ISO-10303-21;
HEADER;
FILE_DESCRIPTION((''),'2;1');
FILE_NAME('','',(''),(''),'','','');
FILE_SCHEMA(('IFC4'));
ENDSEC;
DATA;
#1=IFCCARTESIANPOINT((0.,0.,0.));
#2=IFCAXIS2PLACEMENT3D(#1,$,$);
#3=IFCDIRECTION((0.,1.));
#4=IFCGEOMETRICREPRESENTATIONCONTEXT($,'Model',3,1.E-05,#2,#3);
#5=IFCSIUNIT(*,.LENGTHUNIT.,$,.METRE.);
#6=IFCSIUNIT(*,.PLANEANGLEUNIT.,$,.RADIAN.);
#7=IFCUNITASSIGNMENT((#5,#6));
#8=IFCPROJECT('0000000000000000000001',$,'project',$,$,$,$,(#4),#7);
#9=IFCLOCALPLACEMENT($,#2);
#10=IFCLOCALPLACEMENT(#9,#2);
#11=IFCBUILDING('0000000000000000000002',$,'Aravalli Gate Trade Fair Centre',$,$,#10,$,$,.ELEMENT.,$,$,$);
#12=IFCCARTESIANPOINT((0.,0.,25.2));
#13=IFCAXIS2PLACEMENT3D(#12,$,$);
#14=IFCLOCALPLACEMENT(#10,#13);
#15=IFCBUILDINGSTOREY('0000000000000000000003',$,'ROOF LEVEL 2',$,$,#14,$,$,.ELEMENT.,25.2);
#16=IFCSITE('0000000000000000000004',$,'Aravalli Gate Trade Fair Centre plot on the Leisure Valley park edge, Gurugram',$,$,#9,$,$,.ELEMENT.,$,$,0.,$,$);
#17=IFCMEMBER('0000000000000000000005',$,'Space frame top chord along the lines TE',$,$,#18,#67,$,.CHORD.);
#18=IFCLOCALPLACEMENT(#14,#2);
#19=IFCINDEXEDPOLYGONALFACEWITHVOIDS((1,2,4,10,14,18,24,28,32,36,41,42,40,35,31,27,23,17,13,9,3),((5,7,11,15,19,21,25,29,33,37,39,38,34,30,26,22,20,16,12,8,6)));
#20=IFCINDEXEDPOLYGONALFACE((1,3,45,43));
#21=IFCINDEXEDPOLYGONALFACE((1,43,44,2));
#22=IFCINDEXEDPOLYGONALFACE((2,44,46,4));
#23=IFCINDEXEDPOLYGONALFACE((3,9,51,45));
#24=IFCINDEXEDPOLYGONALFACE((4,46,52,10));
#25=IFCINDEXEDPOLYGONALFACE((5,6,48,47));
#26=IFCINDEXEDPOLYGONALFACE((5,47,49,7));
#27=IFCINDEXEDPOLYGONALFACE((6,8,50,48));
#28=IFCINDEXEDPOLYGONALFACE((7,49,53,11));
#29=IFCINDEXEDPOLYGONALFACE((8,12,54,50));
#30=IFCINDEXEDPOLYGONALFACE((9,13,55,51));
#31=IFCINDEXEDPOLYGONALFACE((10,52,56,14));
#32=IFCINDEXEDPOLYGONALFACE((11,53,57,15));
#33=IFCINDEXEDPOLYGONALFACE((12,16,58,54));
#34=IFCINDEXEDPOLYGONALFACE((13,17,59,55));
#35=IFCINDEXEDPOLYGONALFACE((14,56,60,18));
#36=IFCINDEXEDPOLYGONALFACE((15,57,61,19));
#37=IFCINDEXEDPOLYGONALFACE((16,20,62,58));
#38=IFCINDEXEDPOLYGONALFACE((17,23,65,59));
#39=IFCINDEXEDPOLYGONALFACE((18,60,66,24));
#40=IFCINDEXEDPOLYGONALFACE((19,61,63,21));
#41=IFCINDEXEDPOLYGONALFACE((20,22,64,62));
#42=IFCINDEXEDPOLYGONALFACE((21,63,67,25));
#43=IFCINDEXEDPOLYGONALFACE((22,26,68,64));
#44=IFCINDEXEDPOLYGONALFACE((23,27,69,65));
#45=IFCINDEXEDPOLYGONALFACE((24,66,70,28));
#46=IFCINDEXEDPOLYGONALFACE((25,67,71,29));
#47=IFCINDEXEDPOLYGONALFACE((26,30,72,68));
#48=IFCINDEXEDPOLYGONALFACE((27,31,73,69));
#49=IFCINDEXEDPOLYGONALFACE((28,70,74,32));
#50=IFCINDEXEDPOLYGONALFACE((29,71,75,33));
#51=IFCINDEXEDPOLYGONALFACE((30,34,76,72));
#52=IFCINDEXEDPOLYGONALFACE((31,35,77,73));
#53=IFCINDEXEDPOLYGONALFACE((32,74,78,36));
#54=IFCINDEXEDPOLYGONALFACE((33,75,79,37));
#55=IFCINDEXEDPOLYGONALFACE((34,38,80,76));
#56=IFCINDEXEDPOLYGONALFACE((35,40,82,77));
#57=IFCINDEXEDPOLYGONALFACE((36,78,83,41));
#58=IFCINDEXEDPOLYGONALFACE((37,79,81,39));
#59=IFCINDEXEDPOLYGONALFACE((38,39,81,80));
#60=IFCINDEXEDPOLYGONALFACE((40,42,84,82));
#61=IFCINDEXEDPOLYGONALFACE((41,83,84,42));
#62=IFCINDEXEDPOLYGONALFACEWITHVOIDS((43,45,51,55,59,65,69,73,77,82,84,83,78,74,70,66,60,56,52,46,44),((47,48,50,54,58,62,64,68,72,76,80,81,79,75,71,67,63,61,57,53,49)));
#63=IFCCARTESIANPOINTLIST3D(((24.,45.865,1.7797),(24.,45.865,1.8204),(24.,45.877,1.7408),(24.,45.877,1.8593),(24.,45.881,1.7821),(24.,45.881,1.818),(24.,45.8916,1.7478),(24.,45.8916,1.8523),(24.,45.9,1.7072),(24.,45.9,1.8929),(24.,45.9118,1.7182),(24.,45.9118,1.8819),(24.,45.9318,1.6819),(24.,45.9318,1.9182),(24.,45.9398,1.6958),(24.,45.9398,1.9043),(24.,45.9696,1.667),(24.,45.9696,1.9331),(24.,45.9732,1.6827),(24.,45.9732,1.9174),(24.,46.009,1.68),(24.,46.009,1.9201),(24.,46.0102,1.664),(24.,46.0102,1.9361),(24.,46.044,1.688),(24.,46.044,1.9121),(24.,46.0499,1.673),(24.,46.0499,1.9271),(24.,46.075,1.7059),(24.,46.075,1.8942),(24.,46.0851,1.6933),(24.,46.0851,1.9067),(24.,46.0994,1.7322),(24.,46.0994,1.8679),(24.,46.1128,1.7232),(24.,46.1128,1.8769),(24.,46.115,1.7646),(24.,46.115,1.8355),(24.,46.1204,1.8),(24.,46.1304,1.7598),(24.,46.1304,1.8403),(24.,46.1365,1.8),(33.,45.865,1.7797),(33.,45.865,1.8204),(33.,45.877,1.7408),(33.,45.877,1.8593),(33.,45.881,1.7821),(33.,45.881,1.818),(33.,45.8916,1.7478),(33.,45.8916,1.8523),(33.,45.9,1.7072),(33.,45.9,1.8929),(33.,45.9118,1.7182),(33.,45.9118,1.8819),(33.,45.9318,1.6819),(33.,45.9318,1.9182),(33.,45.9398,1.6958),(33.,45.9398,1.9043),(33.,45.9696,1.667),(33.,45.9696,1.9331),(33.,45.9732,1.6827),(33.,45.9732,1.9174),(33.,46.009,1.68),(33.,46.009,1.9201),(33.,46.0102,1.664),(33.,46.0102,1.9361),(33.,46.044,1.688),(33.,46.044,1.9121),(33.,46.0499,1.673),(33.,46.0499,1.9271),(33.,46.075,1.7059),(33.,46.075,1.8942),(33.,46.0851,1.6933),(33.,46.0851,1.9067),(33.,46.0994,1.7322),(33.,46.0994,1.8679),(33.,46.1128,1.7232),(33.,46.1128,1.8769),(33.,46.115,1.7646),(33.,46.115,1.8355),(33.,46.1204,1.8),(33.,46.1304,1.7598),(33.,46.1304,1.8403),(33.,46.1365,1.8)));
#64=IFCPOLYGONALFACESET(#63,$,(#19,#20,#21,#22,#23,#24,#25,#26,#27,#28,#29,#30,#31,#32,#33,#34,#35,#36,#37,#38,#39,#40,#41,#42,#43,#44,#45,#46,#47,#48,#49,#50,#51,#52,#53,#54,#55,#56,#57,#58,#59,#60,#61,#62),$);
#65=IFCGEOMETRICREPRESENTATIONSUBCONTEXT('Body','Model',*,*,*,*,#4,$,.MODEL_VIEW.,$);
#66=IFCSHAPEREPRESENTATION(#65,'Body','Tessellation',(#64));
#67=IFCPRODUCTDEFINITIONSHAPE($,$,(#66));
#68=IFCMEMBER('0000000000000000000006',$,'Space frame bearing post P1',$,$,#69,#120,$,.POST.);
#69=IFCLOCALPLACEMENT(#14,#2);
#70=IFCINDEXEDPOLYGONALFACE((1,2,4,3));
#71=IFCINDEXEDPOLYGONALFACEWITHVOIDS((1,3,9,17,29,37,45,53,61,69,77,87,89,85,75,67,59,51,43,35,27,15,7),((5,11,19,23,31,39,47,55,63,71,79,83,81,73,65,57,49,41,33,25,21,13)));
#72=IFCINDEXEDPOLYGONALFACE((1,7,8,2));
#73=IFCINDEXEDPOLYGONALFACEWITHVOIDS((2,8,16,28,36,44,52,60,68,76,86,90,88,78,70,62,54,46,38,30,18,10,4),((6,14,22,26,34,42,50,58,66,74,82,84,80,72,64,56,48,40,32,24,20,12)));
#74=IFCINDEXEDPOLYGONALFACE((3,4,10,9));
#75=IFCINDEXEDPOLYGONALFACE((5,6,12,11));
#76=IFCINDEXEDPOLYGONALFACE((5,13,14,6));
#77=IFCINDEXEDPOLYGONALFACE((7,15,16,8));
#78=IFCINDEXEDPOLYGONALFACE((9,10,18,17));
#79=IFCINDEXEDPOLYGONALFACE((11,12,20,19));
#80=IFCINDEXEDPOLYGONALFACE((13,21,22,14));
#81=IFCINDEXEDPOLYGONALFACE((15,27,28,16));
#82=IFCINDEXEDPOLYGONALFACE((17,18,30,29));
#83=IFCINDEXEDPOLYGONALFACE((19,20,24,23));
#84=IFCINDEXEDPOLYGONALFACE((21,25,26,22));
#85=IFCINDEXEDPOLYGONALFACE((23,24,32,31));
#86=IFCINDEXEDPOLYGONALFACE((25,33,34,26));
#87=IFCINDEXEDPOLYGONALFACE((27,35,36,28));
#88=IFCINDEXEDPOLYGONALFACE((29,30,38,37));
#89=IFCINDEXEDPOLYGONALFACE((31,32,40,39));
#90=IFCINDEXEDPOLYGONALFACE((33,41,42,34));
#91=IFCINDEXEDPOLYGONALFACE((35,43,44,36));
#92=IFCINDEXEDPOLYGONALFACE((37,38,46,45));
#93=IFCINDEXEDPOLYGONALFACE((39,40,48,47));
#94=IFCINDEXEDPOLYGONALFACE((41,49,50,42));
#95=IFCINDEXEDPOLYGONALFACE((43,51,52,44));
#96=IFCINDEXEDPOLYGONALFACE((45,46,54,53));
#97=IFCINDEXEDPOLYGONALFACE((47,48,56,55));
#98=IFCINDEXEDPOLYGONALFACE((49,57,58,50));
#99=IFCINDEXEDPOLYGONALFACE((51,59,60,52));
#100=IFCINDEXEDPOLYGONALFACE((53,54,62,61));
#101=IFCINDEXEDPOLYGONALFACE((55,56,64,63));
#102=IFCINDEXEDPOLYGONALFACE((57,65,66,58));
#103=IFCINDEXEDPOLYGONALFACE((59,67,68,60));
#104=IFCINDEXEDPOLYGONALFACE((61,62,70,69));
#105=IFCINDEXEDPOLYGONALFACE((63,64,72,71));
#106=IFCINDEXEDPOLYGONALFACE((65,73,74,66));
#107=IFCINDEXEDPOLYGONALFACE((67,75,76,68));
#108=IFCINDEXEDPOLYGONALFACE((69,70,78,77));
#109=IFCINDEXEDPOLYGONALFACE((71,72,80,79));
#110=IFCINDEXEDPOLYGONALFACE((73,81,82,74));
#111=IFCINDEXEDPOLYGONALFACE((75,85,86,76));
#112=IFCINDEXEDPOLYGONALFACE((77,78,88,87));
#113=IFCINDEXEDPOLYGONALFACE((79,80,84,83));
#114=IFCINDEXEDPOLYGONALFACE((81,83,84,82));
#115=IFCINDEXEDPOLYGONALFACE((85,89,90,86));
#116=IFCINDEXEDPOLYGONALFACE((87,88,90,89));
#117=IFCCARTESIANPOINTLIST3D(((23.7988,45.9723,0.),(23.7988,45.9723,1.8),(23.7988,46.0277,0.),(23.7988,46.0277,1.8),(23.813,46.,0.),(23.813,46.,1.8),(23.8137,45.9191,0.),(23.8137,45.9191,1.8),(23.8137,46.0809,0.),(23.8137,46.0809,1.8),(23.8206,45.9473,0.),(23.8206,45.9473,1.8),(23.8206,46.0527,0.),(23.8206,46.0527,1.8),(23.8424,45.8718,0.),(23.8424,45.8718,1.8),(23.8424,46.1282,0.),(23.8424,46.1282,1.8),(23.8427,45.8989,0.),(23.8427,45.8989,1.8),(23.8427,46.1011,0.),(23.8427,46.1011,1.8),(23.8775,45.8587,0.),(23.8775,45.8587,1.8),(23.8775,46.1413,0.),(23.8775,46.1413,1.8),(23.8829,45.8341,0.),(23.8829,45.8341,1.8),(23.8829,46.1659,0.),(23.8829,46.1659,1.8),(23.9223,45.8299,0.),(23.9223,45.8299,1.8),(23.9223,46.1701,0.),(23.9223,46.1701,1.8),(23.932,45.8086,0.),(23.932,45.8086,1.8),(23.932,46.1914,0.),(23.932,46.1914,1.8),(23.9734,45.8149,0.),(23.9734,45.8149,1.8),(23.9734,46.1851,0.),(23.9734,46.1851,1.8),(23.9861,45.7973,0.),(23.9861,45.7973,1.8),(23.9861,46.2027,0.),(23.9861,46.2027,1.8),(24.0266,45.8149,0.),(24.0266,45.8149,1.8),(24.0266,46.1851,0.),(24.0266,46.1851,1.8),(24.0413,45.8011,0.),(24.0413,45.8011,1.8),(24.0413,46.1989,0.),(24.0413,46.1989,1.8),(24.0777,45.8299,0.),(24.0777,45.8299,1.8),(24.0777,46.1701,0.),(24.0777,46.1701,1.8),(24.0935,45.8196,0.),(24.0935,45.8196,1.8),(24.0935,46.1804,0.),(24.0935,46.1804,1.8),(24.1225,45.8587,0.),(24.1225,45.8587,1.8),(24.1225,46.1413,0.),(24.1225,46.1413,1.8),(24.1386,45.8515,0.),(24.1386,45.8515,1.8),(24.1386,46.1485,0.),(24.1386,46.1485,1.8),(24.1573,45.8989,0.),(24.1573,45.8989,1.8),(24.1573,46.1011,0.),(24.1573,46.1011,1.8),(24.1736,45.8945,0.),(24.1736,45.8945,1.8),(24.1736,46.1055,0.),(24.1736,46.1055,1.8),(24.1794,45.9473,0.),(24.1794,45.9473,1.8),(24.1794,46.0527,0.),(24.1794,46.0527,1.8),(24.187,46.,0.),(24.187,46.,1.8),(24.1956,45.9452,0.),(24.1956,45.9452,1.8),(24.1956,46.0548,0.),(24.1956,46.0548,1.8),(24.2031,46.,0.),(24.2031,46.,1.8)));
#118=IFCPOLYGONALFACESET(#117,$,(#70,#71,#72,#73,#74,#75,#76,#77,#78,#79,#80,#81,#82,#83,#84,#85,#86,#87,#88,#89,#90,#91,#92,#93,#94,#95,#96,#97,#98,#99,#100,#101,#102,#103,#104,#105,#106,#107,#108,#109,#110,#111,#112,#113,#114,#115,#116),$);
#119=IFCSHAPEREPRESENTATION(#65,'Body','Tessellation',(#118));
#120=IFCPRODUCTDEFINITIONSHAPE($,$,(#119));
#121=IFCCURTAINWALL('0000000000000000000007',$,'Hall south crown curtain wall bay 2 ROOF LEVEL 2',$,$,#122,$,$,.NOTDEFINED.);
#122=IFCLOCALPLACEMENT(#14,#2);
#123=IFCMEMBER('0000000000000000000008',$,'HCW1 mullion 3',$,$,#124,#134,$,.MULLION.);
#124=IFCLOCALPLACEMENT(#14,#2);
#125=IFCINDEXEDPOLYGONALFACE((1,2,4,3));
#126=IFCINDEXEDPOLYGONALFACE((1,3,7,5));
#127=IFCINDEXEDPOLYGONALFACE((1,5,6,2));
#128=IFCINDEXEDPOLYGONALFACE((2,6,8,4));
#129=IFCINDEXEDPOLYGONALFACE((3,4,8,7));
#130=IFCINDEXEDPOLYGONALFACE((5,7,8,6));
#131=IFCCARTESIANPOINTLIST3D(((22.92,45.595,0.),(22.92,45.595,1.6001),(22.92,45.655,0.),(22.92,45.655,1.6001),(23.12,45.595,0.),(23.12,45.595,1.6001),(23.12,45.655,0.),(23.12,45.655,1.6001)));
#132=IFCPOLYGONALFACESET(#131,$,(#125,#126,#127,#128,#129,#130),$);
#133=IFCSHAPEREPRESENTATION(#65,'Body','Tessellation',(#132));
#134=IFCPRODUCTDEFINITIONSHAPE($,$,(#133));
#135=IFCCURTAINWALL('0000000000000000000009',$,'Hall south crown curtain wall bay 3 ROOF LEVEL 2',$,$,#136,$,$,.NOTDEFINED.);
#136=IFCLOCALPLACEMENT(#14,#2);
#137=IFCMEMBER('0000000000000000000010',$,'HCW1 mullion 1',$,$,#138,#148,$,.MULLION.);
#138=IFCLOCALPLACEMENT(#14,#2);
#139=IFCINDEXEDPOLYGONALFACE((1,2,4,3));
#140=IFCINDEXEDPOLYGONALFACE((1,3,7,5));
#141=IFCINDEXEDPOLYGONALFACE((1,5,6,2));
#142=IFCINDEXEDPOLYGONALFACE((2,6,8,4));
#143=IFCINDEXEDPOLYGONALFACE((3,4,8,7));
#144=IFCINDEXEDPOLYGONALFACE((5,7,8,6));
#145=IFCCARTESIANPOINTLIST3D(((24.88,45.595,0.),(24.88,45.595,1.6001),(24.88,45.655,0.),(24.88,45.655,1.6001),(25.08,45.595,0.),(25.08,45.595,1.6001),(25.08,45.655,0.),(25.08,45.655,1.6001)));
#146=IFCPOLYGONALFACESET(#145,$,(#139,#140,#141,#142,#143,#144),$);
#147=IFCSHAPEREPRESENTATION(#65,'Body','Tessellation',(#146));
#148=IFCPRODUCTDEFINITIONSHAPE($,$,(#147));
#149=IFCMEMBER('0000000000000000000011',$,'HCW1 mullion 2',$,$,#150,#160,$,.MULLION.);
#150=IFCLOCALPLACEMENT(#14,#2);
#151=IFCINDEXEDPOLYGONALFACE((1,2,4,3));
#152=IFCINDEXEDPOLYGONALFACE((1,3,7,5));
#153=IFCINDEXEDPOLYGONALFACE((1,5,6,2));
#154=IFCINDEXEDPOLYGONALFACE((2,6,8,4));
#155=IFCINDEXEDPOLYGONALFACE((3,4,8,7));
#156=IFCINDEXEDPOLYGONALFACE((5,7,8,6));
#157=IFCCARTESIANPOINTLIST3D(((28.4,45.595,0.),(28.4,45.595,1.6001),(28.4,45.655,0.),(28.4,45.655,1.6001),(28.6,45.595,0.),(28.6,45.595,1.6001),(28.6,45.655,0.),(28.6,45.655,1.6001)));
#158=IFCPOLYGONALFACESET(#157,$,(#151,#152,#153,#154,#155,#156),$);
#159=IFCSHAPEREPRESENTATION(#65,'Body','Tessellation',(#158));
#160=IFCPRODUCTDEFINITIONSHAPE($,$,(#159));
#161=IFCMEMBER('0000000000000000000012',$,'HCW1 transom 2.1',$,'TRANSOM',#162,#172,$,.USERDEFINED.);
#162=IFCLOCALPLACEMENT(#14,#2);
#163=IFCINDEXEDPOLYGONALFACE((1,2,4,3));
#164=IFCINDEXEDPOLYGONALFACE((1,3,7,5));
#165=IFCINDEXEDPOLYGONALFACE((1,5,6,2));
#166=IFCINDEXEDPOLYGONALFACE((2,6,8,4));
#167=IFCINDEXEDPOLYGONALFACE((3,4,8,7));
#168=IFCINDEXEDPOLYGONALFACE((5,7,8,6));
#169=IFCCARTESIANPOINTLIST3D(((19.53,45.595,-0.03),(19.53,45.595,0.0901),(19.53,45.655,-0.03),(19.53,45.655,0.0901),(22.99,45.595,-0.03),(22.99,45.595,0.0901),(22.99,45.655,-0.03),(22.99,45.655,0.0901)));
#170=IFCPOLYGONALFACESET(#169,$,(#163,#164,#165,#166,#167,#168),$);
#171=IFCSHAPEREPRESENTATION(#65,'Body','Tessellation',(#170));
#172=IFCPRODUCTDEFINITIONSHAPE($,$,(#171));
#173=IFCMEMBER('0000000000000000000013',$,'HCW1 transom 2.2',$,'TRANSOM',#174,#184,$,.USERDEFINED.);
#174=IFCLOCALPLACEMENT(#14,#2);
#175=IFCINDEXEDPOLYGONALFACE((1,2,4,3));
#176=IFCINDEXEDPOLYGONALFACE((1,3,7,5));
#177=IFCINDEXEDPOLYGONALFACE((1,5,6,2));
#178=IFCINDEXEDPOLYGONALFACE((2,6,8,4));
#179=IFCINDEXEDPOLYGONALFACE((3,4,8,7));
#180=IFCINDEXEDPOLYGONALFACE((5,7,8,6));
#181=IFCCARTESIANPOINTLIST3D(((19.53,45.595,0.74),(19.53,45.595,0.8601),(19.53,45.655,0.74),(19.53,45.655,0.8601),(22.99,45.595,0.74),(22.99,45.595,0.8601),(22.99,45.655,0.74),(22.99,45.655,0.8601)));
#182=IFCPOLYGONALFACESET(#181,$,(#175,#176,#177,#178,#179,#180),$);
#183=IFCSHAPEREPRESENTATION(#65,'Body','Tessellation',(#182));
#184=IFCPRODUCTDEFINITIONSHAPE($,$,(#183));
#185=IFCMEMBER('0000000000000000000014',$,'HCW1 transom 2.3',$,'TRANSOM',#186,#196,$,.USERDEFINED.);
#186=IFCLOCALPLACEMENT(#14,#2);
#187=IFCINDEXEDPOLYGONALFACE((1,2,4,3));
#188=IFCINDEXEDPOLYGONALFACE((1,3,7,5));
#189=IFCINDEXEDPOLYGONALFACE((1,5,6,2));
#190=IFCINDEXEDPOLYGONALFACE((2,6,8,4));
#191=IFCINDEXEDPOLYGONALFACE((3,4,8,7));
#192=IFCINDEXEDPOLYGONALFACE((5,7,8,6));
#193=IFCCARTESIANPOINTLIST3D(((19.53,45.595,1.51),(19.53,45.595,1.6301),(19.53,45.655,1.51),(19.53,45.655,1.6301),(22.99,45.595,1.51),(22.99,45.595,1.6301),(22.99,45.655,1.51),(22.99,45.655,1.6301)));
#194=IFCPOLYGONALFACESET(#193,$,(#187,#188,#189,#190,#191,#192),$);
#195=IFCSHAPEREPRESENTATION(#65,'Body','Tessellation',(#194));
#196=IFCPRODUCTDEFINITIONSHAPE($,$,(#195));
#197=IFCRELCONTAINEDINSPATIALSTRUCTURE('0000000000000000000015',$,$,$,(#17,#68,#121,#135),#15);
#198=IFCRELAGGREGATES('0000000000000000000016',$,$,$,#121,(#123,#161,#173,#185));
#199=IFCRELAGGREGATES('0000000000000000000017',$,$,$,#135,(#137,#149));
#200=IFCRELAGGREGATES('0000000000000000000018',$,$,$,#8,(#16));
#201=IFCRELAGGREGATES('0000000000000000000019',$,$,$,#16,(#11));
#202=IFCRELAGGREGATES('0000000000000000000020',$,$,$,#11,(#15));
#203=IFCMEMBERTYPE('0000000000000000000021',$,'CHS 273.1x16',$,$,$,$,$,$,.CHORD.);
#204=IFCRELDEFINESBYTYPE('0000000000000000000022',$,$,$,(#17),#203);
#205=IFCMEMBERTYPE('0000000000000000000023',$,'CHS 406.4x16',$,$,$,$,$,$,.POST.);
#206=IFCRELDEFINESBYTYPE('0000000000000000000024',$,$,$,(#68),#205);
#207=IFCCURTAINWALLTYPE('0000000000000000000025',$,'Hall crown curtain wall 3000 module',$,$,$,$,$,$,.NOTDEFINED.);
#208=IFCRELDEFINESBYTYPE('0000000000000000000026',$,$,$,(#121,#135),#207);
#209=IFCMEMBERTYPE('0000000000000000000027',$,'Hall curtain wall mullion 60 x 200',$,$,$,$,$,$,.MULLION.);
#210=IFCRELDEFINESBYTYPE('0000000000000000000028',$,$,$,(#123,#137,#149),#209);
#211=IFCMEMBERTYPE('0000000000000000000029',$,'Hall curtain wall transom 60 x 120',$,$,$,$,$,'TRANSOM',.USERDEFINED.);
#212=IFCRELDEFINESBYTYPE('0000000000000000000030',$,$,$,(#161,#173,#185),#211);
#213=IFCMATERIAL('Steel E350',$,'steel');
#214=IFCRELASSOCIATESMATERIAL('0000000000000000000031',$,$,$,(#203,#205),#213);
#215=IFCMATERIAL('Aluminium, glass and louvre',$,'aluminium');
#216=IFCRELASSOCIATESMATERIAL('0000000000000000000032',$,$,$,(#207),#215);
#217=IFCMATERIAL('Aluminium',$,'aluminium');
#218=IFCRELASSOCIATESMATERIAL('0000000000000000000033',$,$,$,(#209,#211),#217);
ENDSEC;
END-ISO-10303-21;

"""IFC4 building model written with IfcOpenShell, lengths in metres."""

from ifc_helpers import new_model, si_unit, direction, frame, origin, origin_2d, place, context, subcontext, project, spatial, rectangle, hollow_circle, extrude, material, material_profile, profile_set, type_object, element, aggregate, save


model = new_model("IFC4")

# Units and contexts
model_context = context("Model", 3, precision=1e-05, world=origin(), true_north=direction((0.0, 1.0)))
body_context = subcontext(model_context, "Body", "Model", "MODEL_VIEW")
ifc_project = project(units=[si_unit("LENGTHUNIT", "METRE"), si_unit("PLANEANGLEUNIT", "RADIAN")], contexts=[model_context])

# Site, building, storey
site_placement = place(None, origin())
site = spatial("IfcSite", under=ifc_project, at=site_placement, Name="Aravalli Gate Trade Fair Centre plot on the Leisure Valley park edge, Gurugram", CompositionType="ELEMENT", RefElevation=0.0)
building_placement = place(site_placement, origin())
building = spatial("IfcBuilding", under=site, at=building_placement, Name="Aravalli Gate Trade Fair Centre", CompositionType="ELEMENT")
storey_placement = place(building_placement, frame((0.0, 0.0, 25.2)))
storey = spatial("IfcBuildingStorey", under=building, at=storey_placement, Name="ROOF LEVEL 2", CompositionType="ELEMENT", Elevation=25.2)

# Members
ifc_material_1 = material(Name="Steel E350", Category="steel")
ifc_material_profile_1 = material_profile(ifc_material_1, hollow_circle(Radius=0.1365, WallThickness=0.0161, at=origin_2d()), Name="CHS 273.1x16")
ifc_profile_set_1 = profile_set([ifc_material_profile_1], Name="Steel E350")
member_type_1 = type_object("IfcMemberType", Name="CHS 273.1x16", PredefinedType="CHORD", material=ifc_profile_set_1)
member_1_placement = place(storey_placement, frame((24.0, 46.0, 1.8), z_axis=(1.0, 0.0, 0.0), x_axis=(0.0, 1.0, 0.0)))
element("IfcMember", 1, at=member_1_placement, inside=storey, type_object=member_type_1, Name="Space frame top chord along the lines TE", PredefinedType="CHORD", context=body_context, shape_type="SweptSolid", body=[
    extrude(hollow_circle(Radius=0.1365, WallThickness=0.0161, at=origin_2d()), origin(), (0.0, 0.0, 1.0), 9.0),
])
ifc_material_profile_2 = material_profile(ifc_material_1, hollow_circle(Radius=0.2031, WallThickness=0.0161, at=origin_2d()), Name="CHS 406.4x16")
ifc_profile_set_2 = profile_set([ifc_material_profile_2], Name="Steel E350")
member_type_2 = type_object("IfcMemberType", Name="CHS 406.4x16", PredefinedType="POST", material=ifc_profile_set_2)
member_2_placement = place(storey_placement, frame((24.0, 46.0, 0.0), z_axis=(0.0, 0.0, 1.0), x_axis=(1.0, 0.0, 0.0)))
element("IfcMember", 2, at=member_2_placement, inside=storey, type_object=member_type_2, Name="Space frame bearing post P1", PredefinedType="POST", context=body_context, shape_type="SweptSolid", body=[
    extrude(hollow_circle(Radius=0.2031, WallThickness=0.0161, at=origin_2d()), origin(), (0.0, 0.0, 1.0), 1.8),
])

# Curtain wall, member
ifc_material_2 = material(Name="Aluminium, glass and louvre", Category="aluminium")
curtain_wall_type = type_object("IfcCurtainWallType", Name="Hall crown curtain wall 3000 module", PredefinedType="NOTDEFINED", material=ifc_material_2)
curtain_wall_1_placement = place(storey_placement, origin())
curtain_wall_1 = element("IfcCurtainWall", 3, at=curtain_wall_1_placement, inside=storey, type_object=curtain_wall_type, Name="Hall south crown curtain wall bay 2 ROOF LEVEL 2", PredefinedType="NOTDEFINED")
ifc_material_3 = material(Name="Aluminium", Category="aluminium")
ifc_material_profile_3 = material_profile(ifc_material_3, rectangle(XDim=0.0601, YDim=0.2, at=origin_2d()), Name="Hall curtain wall mullion 60 x 200")
ifc_profile_set_3 = profile_set([ifc_material_profile_3], Name="Aluminium")
member_type_3 = type_object("IfcMemberType", Name="Hall curtain wall mullion 60 x 200", PredefinedType="MULLION", material=ifc_profile_set_3)
member_3_placement = place(storey_placement, frame((23.02, 45.625, 0.0), z_axis=(0.0, 0.0, 1.0), x_axis=(0.0, 1.0, 0.0)))
member_3 = element("IfcMember", 4, at=member_3_placement, type_object=member_type_3, Name="HCW1 mullion 3", PredefinedType="MULLION", context=body_context, shape_type="SweptSolid", body=[
    extrude(rectangle(XDim=0.0601, YDim=0.2, at=origin_2d()), origin(), (0.0, 0.0, 1.0), 1.6001),
])

# Curtain wall, members
curtain_wall_2_placement = place(storey_placement, origin())
curtain_wall_2 = element("IfcCurtainWall", 5, at=curtain_wall_2_placement, inside=storey, type_object=curtain_wall_type, Name="Hall south crown curtain wall bay 3 ROOF LEVEL 2", PredefinedType="NOTDEFINED")
member_4_placement = place(storey_placement, frame((24.98, 45.625, 0.0), z_axis=(0.0, 0.0, 1.0), x_axis=(0.0, 1.0, 0.0)))
member_4 = element("IfcMember", 6, at=member_4_placement, type_object=member_type_3, Name="HCW1 mullion 1", PredefinedType="MULLION", context=body_context, shape_type="SweptSolid", body=[
    extrude(rectangle(XDim=0.0601, YDim=0.2, at=origin_2d()), origin(), (0.0, 0.0, 1.0), 1.6001),
])
member_5_placement = place(storey_placement, frame((28.5, 45.625, 0.0), z_axis=(0.0, 0.0, 1.0), x_axis=(0.0, 1.0, 0.0)))
member_5 = element("IfcMember", 7, at=member_5_placement, type_object=member_type_3, Name="HCW1 mullion 2", PredefinedType="MULLION", context=body_context, shape_type="SweptSolid", body=[
    extrude(rectangle(XDim=0.0601, YDim=0.2, at=origin_2d()), origin(), (0.0, 0.0, 1.0), 1.6001),
])

# Members
ifc_material_profile_4 = material_profile(ifc_material_3, rectangle(XDim=0.0601, YDim=0.1201, at=origin_2d()), Name="Hall curtain wall transom 60 x 120")
ifc_profile_set_4 = profile_set([ifc_material_profile_4], Name="Aluminium")
member_type_4 = type_object("IfcMemberType", Name="Hall curtain wall transom 60 x 120", ElementType="TRANSOM", PredefinedType="USERDEFINED", material=ifc_profile_set_4)
member_6_placement = place(storey_placement, frame((19.53, 45.625, 0.03), z_axis=(1.0, 0.0, 0.0), x_axis=(0.0, 1.0, 0.0)))
member_6 = element("IfcMember", 8, at=member_6_placement, type_object=member_type_4, Name="HCW1 transom 2.1", ObjectType="TRANSOM", PredefinedType="USERDEFINED", context=body_context, shape_type="SweptSolid", body=[
    extrude(rectangle(XDim=0.0601, YDim=0.1201, at=origin_2d()), origin(), (0.0, 0.0, 1.0), 3.46),
])
member_7_placement = place(storey_placement, frame((19.53, 45.625, 0.8), z_axis=(1.0, 0.0, 0.0), x_axis=(0.0, 1.0, 0.0)))
member_7 = element("IfcMember", 9, at=member_7_placement, type_object=member_type_4, Name="HCW1 transom 2.2", ObjectType="TRANSOM", PredefinedType="USERDEFINED", context=body_context, shape_type="SweptSolid", body=[
    extrude(rectangle(XDim=0.0601, YDim=0.1201, at=origin_2d()), origin(), (0.0, 0.0, 1.0), 3.46),
])
member_8_placement = place(storey_placement, frame((19.53, 45.625, 1.5701), z_axis=(1.0, 0.0, 0.0), x_axis=(0.0, 1.0, 0.0)))
member_8 = element("IfcMember", 10, at=member_8_placement, type_object=member_type_4, Name="HCW1 transom 2.3", ObjectType="TRANSOM", PredefinedType="USERDEFINED", context=body_context, shape_type="SweptSolid", body=[
    extrude(rectangle(XDim=0.0601, YDim=0.1201, at=origin_2d()), origin(), (0.0, 0.0, 1.0), 3.46),
])

aggregate(curtain_wall_1, [member_3, member_6, member_7, member_8])
aggregate(curtain_wall_2, [member_4, member_5])

save(model, "model.ifc")
